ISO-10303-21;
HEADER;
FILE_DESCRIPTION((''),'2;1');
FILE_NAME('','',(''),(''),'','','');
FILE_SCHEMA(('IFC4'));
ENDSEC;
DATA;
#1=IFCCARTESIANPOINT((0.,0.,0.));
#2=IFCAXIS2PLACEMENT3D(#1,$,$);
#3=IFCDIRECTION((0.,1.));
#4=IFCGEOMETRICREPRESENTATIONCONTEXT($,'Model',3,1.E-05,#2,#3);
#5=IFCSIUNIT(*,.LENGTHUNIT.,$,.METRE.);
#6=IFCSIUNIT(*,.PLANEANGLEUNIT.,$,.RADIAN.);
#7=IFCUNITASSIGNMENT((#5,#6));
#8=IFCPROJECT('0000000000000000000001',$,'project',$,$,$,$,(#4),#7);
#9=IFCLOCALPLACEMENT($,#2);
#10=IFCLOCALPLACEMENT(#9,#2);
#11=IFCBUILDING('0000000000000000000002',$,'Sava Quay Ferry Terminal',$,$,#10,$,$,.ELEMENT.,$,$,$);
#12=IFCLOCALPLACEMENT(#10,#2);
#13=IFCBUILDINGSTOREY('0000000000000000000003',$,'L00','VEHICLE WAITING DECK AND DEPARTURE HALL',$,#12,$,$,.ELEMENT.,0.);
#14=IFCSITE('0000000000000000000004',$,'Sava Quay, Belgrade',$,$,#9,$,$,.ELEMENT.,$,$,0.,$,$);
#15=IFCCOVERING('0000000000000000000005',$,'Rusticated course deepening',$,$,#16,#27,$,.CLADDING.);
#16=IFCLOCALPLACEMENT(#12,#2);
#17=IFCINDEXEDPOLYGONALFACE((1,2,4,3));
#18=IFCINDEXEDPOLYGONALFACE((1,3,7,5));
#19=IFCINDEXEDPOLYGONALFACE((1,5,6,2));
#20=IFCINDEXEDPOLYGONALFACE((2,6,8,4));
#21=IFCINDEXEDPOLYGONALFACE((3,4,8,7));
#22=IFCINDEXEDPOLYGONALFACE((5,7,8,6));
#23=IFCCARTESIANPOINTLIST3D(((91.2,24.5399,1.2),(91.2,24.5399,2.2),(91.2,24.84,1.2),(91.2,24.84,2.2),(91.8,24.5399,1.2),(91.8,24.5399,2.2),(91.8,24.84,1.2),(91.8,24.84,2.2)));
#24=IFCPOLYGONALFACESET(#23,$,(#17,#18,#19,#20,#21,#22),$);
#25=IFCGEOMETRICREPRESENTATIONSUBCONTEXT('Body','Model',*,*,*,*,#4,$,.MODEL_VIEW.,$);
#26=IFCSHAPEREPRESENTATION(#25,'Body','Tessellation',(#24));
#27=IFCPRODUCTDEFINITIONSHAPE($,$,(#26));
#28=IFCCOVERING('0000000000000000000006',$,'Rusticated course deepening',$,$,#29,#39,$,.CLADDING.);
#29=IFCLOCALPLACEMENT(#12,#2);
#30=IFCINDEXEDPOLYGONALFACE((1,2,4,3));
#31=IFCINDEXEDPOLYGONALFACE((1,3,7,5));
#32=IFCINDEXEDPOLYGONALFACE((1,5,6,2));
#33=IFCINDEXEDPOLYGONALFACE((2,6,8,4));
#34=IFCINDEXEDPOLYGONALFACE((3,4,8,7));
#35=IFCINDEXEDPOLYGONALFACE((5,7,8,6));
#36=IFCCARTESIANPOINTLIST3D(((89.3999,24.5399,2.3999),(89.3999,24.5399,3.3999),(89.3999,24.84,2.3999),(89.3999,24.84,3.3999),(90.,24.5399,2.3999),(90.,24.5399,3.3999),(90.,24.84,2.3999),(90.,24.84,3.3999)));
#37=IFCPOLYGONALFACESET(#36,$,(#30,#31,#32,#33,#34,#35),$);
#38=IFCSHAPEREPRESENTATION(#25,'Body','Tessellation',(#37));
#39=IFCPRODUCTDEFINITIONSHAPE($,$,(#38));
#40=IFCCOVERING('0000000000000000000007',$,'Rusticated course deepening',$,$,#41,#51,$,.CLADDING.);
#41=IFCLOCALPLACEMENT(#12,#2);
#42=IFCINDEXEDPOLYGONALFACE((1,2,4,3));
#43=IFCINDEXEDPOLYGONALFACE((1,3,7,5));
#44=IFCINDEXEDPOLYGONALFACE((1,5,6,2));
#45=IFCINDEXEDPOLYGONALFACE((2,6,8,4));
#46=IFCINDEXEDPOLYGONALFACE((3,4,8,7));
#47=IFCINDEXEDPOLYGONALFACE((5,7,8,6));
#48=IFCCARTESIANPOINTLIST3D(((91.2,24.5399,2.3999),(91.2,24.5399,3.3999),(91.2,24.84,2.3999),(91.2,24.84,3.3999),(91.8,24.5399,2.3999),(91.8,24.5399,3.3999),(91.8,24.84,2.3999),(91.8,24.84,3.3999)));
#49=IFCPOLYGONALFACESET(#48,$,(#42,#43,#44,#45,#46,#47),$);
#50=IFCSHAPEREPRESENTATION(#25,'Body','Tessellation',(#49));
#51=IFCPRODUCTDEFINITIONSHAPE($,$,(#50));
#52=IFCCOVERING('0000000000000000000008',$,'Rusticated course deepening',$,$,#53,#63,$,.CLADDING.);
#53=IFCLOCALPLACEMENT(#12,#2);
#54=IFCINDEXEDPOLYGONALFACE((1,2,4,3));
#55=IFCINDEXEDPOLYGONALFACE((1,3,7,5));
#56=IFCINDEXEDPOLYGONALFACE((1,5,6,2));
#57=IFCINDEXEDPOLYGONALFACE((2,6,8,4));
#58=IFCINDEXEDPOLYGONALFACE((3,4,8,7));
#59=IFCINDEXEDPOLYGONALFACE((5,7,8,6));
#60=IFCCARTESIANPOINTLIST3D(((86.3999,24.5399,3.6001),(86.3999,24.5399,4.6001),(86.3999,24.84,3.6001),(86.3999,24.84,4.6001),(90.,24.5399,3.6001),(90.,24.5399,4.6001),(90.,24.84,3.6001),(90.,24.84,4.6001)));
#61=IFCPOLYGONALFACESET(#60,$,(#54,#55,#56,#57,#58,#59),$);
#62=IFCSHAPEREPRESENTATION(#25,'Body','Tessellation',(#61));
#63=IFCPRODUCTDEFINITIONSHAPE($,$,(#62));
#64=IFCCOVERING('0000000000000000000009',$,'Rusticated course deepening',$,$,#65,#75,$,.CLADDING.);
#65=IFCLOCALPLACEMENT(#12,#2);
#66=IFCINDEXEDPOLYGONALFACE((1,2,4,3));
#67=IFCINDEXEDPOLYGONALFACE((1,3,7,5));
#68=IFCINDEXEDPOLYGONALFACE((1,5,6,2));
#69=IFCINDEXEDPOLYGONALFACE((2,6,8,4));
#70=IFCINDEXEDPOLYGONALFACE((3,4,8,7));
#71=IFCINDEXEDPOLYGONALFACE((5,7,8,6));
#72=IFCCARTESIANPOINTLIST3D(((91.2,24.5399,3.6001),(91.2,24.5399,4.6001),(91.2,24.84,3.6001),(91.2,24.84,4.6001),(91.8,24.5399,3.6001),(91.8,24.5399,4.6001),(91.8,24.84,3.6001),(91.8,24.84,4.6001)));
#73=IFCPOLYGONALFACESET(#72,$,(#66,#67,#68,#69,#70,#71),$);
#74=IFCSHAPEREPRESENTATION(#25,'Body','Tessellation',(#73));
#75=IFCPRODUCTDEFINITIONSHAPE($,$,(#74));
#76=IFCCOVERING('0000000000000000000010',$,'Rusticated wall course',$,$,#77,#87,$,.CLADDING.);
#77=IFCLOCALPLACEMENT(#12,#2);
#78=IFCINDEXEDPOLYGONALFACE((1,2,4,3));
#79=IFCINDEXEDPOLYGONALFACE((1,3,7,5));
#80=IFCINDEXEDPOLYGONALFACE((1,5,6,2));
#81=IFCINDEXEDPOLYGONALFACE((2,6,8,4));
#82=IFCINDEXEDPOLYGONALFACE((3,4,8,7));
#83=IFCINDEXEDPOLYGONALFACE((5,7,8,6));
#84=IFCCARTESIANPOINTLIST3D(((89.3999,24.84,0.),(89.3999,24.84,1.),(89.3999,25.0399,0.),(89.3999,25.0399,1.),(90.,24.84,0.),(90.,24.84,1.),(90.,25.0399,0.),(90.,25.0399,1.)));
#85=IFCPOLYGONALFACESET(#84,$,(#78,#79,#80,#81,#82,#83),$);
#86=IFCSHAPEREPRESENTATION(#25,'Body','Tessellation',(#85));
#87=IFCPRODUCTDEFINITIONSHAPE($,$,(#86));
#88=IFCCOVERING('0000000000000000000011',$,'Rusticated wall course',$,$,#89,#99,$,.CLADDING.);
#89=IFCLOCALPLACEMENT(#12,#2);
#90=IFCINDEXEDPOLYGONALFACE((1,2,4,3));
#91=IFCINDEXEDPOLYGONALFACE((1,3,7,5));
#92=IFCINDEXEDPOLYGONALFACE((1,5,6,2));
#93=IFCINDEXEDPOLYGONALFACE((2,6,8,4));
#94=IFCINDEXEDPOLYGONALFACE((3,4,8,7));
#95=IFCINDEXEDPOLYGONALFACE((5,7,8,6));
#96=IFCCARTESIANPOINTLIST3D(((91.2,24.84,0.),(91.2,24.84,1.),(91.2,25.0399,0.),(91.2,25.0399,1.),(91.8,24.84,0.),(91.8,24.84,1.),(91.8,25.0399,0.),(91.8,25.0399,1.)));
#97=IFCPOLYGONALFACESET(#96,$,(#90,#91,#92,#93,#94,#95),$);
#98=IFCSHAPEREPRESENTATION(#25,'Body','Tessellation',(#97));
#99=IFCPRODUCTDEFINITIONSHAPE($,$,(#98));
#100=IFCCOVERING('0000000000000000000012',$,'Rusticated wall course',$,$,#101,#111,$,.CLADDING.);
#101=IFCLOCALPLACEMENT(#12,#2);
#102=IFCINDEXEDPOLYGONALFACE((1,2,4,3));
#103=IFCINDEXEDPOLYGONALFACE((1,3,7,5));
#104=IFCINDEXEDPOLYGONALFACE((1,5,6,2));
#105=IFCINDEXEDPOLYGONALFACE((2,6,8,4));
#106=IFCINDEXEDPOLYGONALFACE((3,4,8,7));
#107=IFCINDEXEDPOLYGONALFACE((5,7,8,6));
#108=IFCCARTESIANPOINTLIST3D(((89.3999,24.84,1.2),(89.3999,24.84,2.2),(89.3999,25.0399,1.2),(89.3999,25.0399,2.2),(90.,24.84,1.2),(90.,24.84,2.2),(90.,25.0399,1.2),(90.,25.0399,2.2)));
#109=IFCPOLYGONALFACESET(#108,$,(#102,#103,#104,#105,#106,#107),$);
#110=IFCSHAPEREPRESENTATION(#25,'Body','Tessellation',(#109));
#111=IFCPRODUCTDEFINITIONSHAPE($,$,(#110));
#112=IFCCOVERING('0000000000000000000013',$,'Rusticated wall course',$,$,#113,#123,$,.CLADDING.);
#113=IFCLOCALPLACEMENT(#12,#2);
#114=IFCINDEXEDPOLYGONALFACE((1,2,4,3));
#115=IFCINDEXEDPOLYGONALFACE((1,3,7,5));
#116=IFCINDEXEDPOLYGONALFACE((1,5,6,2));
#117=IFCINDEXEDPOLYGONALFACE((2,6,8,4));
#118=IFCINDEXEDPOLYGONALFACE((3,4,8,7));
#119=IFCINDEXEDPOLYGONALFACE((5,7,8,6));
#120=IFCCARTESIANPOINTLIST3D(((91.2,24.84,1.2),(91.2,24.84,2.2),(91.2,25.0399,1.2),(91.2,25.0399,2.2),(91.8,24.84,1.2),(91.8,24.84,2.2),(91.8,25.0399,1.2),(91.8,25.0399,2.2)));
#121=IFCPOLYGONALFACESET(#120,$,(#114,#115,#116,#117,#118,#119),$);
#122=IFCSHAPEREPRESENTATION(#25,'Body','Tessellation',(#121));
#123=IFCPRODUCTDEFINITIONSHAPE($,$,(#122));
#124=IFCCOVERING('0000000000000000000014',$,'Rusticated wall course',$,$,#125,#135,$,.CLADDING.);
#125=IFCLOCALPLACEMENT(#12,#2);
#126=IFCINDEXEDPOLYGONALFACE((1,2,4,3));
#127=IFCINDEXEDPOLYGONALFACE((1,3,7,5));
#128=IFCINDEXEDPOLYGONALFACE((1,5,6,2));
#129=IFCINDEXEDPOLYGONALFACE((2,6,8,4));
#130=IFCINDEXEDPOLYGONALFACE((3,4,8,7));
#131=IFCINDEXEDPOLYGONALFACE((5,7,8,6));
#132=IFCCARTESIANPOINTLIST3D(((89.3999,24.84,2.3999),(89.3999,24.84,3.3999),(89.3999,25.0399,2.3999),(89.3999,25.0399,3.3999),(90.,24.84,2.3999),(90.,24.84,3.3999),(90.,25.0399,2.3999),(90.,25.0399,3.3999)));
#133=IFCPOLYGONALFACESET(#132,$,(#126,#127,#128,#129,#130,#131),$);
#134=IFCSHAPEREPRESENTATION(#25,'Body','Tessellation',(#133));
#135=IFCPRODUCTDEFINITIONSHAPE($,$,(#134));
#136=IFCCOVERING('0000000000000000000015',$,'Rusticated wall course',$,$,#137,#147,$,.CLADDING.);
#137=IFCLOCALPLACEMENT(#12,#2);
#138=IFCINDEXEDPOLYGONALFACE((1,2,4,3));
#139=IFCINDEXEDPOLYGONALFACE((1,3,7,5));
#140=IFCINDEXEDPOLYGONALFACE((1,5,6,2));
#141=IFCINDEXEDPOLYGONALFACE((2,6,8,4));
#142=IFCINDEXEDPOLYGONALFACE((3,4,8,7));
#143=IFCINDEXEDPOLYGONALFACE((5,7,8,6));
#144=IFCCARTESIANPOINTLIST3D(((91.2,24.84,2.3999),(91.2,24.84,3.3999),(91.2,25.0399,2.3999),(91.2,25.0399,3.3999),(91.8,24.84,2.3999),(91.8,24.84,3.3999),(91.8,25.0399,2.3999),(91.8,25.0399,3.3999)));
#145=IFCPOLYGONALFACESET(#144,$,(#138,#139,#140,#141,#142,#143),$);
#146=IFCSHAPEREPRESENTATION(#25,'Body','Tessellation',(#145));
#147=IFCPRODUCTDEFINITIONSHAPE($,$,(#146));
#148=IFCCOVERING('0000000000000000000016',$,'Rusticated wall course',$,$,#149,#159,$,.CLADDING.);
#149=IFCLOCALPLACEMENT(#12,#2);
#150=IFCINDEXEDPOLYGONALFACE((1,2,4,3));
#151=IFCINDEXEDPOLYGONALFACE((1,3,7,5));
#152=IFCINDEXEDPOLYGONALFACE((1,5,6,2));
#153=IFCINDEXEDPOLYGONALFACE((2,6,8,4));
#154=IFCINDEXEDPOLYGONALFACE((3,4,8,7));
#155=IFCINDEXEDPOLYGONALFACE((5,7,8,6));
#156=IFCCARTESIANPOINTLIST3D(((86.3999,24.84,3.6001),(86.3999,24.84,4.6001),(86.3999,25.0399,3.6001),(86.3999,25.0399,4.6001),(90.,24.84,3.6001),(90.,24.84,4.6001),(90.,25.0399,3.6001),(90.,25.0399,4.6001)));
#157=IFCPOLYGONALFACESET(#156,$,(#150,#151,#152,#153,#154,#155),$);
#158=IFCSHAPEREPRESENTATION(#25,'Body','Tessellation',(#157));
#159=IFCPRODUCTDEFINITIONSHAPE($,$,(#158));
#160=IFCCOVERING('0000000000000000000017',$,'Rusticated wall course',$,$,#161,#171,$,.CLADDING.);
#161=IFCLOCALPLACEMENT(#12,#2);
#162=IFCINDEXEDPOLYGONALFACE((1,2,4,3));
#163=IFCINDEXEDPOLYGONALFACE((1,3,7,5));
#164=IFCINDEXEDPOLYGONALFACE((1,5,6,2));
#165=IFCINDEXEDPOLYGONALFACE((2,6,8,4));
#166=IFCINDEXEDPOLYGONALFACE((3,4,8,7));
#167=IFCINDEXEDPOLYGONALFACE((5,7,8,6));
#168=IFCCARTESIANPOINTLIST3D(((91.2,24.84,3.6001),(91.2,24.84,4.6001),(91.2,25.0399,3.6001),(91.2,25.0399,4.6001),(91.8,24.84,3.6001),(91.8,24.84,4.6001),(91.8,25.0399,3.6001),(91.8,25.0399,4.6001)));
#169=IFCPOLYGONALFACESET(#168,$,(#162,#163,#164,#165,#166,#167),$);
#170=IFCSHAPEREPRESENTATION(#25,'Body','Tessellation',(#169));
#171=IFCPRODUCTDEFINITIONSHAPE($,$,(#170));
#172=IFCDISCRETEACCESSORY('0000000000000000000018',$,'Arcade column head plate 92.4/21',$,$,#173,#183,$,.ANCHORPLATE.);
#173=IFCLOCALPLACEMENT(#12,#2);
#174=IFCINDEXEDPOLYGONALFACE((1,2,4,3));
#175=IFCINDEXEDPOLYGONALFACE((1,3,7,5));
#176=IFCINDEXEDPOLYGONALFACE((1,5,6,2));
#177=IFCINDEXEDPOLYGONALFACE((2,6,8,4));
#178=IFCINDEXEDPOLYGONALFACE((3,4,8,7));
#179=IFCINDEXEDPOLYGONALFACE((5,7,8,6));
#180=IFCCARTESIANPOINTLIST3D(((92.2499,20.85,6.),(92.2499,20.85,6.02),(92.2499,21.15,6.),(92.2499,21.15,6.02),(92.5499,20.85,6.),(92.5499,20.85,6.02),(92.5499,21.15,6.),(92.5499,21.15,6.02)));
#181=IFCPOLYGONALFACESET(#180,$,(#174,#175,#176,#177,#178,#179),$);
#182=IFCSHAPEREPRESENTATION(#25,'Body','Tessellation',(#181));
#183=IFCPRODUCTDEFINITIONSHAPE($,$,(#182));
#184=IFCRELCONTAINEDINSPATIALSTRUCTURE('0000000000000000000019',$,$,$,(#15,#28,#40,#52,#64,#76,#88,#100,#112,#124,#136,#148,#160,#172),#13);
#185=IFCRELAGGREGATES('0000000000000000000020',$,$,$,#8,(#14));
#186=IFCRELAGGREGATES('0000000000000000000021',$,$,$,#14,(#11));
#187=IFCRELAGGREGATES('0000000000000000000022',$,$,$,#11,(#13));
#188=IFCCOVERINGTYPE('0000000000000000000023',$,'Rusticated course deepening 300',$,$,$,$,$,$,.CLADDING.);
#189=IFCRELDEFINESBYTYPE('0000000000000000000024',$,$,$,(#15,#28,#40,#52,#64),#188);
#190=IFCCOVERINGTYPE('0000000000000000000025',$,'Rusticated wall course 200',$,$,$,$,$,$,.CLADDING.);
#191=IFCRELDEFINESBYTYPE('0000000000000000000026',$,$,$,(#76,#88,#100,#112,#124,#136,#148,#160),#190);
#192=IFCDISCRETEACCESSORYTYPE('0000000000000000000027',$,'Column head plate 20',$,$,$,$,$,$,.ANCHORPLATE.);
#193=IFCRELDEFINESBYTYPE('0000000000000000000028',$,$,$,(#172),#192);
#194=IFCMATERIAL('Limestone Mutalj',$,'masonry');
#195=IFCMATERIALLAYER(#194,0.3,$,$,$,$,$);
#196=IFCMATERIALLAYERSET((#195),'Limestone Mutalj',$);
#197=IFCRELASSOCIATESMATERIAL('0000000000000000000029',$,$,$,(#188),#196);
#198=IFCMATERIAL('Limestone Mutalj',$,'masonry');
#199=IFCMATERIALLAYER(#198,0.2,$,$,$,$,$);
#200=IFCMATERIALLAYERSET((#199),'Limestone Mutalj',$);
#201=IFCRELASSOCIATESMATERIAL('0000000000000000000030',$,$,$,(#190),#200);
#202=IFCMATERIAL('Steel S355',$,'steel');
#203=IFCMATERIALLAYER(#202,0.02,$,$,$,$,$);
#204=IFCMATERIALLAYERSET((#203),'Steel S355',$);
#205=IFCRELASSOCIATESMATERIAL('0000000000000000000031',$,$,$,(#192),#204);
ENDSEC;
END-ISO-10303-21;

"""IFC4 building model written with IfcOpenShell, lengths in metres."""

from ifc_helpers import new_model, si_unit, direction, frame, origin, origin_2d, place, context, subcontext, project, spatial, rectangle, extrude, material, layer, layer_set, type_object, element, save


model = new_model("IFC4")

# Units and contexts
model_context = context("Model", 3, precision=1e-05, world=origin(), true_north=direction((0.0, 1.0)))
body_context = subcontext(model_context, "Body", "Model", "MODEL_VIEW")
ifc_project = project(units=[si_unit("LENGTHUNIT", "METRE"), si_unit("PLANEANGLEUNIT", "RADIAN")], contexts=[model_context])

# Site, building, storey
site_placement = place(None, origin())
site = spatial("IfcSite", under=ifc_project, at=site_placement, Name="Sava Quay, Belgrade", CompositionType="ELEMENT", RefElevation=0.0)
building_placement = place(site_placement, origin())
building = spatial("IfcBuilding", under=site, at=building_placement, Name="Sava Quay Ferry Terminal", CompositionType="ELEMENT")
storey_placement = place(building_placement, origin())
storey = spatial("IfcBuildingStorey", under=building, at=storey_placement, Name="L00", Description="VEHICLE WAITING DECK AND DEPARTURE HALL", CompositionType="ELEMENT", Elevation=0.0)

# Coverings
ifc_material_1 = material(Name="Limestone Mutalj", Category="masonry")
ifc_layer_1 = layer(ifc_material_1, 0.3)
ifc_layer_set_1 = layer_set([ifc_layer_1], Name="Limestone Mutalj")
covering_type_1 = type_object("IfcCoveringType", Name="Rusticated course deepening 300", PredefinedType="CLADDING", material=ifc_layer_set_1)
for number, where, z_axis, x_axis, name in (
    (1, (91.5, 24.6899, 1.2), (0.0, 0.0, 1.0), (1.0, 0.0, 0.0), "Rusticated course deepening"),
    (2, (89.7, 24.6899, 2.3999), (0.0, 0.0, 1.0), (1.0, 0.0, 0.0), "Rusticated course deepening"),
    (3, (91.5, 24.6899, 2.3999), (0.0, 0.0, 1.0), (1.0, 0.0, 0.0), "Rusticated course deepening"),
):
    element("IfcCovering", number, at=place(storey_placement, frame(where, z_axis=z_axis, x_axis=x_axis)), inside=storey, type_object=covering_type_1, Name=name, PredefinedType="CLADDING", context=body_context, shape_type="SweptSolid", body=[
        extrude(rectangle(XDim=0.6001, YDim=0.3, at=origin_2d()), origin(), (0.0, 0.0, 1.0), 1.0),
    ])
covering_1_placement = place(storey_placement, frame((88.2, 24.6899, 3.6001), z_axis=(0.0, 0.0, 1.0), x_axis=(1.0, 0.0, 0.0)))
element("IfcCovering", 4, at=covering_1_placement, inside=storey, type_object=covering_type_1, Name="Rusticated course deepening", PredefinedType="CLADDING", context=body_context, shape_type="SweptSolid", body=[
    extrude(rectangle(XDim=3.6001, YDim=0.3, at=origin_2d()), origin(), (0.0, 0.0, 1.0), 1.0),
])
covering_2_placement = place(storey_placement, frame((91.5, 24.6899, 3.6001), z_axis=(0.0, 0.0, 1.0), x_axis=(1.0, 0.0, 0.0)))
element("IfcCovering", 5, at=covering_2_placement, inside=storey, type_object=covering_type_1, Name="Rusticated course deepening", PredefinedType="CLADDING", context=body_context, shape_type="SweptSolid", body=[
    extrude(rectangle(XDim=0.6001, YDim=0.3, at=origin_2d()), origin(), (0.0, 0.0, 1.0), 1.0),
])
ifc_material_2 = material(Name="Limestone Mutalj", Category="masonry")
ifc_layer_2 = layer(ifc_material_2, 0.2)
ifc_layer_set_2 = layer_set([ifc_layer_2], Name="Limestone Mutalj")
covering_type_2 = type_object("IfcCoveringType", Name="Rusticated wall course 200", PredefinedType="CLADDING", material=ifc_layer_set_2)
for number, where, z_axis, x_axis, name in (
    (6, (89.7, 24.9399, 0.0), (0.0, 0.0, 1.0), (1.0, 0.0, 0.0), "Rusticated wall course"),
    (7, (91.5, 24.9399, 0.0), (0.0, 0.0, 1.0), (1.0, 0.0, 0.0), "Rusticated wall course"),
    (8, (89.7, 24.9399, 1.2), (0.0, 0.0, 1.0), (1.0, 0.0, 0.0), "Rusticated wall course"),
    (9, (91.5, 24.9399, 1.2), (0.0, 0.0, 1.0), (1.0, 0.0, 0.0), "Rusticated wall course"),
    (10, (89.7, 24.9399, 2.3999), (0.0, 0.0, 1.0), (1.0, 0.0, 0.0), "Rusticated wall course"),
    (11, (91.5, 24.9399, 2.3999), (0.0, 0.0, 1.0), (1.0, 0.0, 0.0), "Rusticated wall course"),
):
    element("IfcCovering", number, at=place(storey_placement, frame(where, z_axis=z_axis, x_axis=x_axis)), inside=storey, type_object=covering_type_2, Name=name, PredefinedType="CLADDING", context=body_context, shape_type="SweptSolid", body=[
        extrude(rectangle(XDim=0.6001, YDim=0.2, at=origin_2d()), origin(), (0.0, 0.0, 1.0), 1.0),
    ])
covering_3_placement = place(storey_placement, frame((88.2, 24.9399, 3.6001), z_axis=(0.0, 0.0, 1.0), x_axis=(1.0, 0.0, 0.0)))
element("IfcCovering", 12, at=covering_3_placement, inside=storey, type_object=covering_type_2, Name="Rusticated wall course", PredefinedType="CLADDING", context=body_context, shape_type="SweptSolid", body=[
    extrude(rectangle(XDim=3.6001, YDim=0.2, at=origin_2d()), origin(), (0.0, 0.0, 1.0), 1.0),
])
covering_4_placement = place(storey_placement, frame((91.5, 24.9399, 3.6001), z_axis=(0.0, 0.0, 1.0), x_axis=(1.0, 0.0, 0.0)))
element("IfcCovering", 13, at=covering_4_placement, inside=storey, type_object=covering_type_2, Name="Rusticated wall course", PredefinedType="CLADDING", context=body_context, shape_type="SweptSolid", body=[
    extrude(rectangle(XDim=0.6001, YDim=0.2, at=origin_2d()), origin(), (0.0, 0.0, 1.0), 1.0),
])

# Discrete accessory
ifc_material_3 = material(Name="Steel S355", Category="steel")
ifc_layer_3 = layer(ifc_material_3, 0.02)
ifc_layer_set_3 = layer_set([ifc_layer_3], Name="Steel S355")
discrete_accessory_type = type_object("IfcDiscreteAccessoryType", Name="Column head plate 20", PredefinedType="ANCHORPLATE", material=ifc_layer_set_3)
discrete_accessory_placement = place(storey_placement, frame((92.3999, 21.0, 6.0), z_axis=(0.0, 0.0, 1.0), x_axis=(1.0, 0.0, 0.0)))
element("IfcDiscreteAccessory", 14, at=discrete_accessory_placement, inside=storey, type_object=discrete_accessory_type, Name="Arcade column head plate 92.4/21", PredefinedType="ANCHORPLATE", context=body_context, shape_type="SweptSolid", body=[
    extrude(rectangle(XDim=0.3, YDim=0.3, at=origin_2d()), origin(), (0.0, 0.0, 1.0), 0.02),
])

save(model, "model.ifc")
